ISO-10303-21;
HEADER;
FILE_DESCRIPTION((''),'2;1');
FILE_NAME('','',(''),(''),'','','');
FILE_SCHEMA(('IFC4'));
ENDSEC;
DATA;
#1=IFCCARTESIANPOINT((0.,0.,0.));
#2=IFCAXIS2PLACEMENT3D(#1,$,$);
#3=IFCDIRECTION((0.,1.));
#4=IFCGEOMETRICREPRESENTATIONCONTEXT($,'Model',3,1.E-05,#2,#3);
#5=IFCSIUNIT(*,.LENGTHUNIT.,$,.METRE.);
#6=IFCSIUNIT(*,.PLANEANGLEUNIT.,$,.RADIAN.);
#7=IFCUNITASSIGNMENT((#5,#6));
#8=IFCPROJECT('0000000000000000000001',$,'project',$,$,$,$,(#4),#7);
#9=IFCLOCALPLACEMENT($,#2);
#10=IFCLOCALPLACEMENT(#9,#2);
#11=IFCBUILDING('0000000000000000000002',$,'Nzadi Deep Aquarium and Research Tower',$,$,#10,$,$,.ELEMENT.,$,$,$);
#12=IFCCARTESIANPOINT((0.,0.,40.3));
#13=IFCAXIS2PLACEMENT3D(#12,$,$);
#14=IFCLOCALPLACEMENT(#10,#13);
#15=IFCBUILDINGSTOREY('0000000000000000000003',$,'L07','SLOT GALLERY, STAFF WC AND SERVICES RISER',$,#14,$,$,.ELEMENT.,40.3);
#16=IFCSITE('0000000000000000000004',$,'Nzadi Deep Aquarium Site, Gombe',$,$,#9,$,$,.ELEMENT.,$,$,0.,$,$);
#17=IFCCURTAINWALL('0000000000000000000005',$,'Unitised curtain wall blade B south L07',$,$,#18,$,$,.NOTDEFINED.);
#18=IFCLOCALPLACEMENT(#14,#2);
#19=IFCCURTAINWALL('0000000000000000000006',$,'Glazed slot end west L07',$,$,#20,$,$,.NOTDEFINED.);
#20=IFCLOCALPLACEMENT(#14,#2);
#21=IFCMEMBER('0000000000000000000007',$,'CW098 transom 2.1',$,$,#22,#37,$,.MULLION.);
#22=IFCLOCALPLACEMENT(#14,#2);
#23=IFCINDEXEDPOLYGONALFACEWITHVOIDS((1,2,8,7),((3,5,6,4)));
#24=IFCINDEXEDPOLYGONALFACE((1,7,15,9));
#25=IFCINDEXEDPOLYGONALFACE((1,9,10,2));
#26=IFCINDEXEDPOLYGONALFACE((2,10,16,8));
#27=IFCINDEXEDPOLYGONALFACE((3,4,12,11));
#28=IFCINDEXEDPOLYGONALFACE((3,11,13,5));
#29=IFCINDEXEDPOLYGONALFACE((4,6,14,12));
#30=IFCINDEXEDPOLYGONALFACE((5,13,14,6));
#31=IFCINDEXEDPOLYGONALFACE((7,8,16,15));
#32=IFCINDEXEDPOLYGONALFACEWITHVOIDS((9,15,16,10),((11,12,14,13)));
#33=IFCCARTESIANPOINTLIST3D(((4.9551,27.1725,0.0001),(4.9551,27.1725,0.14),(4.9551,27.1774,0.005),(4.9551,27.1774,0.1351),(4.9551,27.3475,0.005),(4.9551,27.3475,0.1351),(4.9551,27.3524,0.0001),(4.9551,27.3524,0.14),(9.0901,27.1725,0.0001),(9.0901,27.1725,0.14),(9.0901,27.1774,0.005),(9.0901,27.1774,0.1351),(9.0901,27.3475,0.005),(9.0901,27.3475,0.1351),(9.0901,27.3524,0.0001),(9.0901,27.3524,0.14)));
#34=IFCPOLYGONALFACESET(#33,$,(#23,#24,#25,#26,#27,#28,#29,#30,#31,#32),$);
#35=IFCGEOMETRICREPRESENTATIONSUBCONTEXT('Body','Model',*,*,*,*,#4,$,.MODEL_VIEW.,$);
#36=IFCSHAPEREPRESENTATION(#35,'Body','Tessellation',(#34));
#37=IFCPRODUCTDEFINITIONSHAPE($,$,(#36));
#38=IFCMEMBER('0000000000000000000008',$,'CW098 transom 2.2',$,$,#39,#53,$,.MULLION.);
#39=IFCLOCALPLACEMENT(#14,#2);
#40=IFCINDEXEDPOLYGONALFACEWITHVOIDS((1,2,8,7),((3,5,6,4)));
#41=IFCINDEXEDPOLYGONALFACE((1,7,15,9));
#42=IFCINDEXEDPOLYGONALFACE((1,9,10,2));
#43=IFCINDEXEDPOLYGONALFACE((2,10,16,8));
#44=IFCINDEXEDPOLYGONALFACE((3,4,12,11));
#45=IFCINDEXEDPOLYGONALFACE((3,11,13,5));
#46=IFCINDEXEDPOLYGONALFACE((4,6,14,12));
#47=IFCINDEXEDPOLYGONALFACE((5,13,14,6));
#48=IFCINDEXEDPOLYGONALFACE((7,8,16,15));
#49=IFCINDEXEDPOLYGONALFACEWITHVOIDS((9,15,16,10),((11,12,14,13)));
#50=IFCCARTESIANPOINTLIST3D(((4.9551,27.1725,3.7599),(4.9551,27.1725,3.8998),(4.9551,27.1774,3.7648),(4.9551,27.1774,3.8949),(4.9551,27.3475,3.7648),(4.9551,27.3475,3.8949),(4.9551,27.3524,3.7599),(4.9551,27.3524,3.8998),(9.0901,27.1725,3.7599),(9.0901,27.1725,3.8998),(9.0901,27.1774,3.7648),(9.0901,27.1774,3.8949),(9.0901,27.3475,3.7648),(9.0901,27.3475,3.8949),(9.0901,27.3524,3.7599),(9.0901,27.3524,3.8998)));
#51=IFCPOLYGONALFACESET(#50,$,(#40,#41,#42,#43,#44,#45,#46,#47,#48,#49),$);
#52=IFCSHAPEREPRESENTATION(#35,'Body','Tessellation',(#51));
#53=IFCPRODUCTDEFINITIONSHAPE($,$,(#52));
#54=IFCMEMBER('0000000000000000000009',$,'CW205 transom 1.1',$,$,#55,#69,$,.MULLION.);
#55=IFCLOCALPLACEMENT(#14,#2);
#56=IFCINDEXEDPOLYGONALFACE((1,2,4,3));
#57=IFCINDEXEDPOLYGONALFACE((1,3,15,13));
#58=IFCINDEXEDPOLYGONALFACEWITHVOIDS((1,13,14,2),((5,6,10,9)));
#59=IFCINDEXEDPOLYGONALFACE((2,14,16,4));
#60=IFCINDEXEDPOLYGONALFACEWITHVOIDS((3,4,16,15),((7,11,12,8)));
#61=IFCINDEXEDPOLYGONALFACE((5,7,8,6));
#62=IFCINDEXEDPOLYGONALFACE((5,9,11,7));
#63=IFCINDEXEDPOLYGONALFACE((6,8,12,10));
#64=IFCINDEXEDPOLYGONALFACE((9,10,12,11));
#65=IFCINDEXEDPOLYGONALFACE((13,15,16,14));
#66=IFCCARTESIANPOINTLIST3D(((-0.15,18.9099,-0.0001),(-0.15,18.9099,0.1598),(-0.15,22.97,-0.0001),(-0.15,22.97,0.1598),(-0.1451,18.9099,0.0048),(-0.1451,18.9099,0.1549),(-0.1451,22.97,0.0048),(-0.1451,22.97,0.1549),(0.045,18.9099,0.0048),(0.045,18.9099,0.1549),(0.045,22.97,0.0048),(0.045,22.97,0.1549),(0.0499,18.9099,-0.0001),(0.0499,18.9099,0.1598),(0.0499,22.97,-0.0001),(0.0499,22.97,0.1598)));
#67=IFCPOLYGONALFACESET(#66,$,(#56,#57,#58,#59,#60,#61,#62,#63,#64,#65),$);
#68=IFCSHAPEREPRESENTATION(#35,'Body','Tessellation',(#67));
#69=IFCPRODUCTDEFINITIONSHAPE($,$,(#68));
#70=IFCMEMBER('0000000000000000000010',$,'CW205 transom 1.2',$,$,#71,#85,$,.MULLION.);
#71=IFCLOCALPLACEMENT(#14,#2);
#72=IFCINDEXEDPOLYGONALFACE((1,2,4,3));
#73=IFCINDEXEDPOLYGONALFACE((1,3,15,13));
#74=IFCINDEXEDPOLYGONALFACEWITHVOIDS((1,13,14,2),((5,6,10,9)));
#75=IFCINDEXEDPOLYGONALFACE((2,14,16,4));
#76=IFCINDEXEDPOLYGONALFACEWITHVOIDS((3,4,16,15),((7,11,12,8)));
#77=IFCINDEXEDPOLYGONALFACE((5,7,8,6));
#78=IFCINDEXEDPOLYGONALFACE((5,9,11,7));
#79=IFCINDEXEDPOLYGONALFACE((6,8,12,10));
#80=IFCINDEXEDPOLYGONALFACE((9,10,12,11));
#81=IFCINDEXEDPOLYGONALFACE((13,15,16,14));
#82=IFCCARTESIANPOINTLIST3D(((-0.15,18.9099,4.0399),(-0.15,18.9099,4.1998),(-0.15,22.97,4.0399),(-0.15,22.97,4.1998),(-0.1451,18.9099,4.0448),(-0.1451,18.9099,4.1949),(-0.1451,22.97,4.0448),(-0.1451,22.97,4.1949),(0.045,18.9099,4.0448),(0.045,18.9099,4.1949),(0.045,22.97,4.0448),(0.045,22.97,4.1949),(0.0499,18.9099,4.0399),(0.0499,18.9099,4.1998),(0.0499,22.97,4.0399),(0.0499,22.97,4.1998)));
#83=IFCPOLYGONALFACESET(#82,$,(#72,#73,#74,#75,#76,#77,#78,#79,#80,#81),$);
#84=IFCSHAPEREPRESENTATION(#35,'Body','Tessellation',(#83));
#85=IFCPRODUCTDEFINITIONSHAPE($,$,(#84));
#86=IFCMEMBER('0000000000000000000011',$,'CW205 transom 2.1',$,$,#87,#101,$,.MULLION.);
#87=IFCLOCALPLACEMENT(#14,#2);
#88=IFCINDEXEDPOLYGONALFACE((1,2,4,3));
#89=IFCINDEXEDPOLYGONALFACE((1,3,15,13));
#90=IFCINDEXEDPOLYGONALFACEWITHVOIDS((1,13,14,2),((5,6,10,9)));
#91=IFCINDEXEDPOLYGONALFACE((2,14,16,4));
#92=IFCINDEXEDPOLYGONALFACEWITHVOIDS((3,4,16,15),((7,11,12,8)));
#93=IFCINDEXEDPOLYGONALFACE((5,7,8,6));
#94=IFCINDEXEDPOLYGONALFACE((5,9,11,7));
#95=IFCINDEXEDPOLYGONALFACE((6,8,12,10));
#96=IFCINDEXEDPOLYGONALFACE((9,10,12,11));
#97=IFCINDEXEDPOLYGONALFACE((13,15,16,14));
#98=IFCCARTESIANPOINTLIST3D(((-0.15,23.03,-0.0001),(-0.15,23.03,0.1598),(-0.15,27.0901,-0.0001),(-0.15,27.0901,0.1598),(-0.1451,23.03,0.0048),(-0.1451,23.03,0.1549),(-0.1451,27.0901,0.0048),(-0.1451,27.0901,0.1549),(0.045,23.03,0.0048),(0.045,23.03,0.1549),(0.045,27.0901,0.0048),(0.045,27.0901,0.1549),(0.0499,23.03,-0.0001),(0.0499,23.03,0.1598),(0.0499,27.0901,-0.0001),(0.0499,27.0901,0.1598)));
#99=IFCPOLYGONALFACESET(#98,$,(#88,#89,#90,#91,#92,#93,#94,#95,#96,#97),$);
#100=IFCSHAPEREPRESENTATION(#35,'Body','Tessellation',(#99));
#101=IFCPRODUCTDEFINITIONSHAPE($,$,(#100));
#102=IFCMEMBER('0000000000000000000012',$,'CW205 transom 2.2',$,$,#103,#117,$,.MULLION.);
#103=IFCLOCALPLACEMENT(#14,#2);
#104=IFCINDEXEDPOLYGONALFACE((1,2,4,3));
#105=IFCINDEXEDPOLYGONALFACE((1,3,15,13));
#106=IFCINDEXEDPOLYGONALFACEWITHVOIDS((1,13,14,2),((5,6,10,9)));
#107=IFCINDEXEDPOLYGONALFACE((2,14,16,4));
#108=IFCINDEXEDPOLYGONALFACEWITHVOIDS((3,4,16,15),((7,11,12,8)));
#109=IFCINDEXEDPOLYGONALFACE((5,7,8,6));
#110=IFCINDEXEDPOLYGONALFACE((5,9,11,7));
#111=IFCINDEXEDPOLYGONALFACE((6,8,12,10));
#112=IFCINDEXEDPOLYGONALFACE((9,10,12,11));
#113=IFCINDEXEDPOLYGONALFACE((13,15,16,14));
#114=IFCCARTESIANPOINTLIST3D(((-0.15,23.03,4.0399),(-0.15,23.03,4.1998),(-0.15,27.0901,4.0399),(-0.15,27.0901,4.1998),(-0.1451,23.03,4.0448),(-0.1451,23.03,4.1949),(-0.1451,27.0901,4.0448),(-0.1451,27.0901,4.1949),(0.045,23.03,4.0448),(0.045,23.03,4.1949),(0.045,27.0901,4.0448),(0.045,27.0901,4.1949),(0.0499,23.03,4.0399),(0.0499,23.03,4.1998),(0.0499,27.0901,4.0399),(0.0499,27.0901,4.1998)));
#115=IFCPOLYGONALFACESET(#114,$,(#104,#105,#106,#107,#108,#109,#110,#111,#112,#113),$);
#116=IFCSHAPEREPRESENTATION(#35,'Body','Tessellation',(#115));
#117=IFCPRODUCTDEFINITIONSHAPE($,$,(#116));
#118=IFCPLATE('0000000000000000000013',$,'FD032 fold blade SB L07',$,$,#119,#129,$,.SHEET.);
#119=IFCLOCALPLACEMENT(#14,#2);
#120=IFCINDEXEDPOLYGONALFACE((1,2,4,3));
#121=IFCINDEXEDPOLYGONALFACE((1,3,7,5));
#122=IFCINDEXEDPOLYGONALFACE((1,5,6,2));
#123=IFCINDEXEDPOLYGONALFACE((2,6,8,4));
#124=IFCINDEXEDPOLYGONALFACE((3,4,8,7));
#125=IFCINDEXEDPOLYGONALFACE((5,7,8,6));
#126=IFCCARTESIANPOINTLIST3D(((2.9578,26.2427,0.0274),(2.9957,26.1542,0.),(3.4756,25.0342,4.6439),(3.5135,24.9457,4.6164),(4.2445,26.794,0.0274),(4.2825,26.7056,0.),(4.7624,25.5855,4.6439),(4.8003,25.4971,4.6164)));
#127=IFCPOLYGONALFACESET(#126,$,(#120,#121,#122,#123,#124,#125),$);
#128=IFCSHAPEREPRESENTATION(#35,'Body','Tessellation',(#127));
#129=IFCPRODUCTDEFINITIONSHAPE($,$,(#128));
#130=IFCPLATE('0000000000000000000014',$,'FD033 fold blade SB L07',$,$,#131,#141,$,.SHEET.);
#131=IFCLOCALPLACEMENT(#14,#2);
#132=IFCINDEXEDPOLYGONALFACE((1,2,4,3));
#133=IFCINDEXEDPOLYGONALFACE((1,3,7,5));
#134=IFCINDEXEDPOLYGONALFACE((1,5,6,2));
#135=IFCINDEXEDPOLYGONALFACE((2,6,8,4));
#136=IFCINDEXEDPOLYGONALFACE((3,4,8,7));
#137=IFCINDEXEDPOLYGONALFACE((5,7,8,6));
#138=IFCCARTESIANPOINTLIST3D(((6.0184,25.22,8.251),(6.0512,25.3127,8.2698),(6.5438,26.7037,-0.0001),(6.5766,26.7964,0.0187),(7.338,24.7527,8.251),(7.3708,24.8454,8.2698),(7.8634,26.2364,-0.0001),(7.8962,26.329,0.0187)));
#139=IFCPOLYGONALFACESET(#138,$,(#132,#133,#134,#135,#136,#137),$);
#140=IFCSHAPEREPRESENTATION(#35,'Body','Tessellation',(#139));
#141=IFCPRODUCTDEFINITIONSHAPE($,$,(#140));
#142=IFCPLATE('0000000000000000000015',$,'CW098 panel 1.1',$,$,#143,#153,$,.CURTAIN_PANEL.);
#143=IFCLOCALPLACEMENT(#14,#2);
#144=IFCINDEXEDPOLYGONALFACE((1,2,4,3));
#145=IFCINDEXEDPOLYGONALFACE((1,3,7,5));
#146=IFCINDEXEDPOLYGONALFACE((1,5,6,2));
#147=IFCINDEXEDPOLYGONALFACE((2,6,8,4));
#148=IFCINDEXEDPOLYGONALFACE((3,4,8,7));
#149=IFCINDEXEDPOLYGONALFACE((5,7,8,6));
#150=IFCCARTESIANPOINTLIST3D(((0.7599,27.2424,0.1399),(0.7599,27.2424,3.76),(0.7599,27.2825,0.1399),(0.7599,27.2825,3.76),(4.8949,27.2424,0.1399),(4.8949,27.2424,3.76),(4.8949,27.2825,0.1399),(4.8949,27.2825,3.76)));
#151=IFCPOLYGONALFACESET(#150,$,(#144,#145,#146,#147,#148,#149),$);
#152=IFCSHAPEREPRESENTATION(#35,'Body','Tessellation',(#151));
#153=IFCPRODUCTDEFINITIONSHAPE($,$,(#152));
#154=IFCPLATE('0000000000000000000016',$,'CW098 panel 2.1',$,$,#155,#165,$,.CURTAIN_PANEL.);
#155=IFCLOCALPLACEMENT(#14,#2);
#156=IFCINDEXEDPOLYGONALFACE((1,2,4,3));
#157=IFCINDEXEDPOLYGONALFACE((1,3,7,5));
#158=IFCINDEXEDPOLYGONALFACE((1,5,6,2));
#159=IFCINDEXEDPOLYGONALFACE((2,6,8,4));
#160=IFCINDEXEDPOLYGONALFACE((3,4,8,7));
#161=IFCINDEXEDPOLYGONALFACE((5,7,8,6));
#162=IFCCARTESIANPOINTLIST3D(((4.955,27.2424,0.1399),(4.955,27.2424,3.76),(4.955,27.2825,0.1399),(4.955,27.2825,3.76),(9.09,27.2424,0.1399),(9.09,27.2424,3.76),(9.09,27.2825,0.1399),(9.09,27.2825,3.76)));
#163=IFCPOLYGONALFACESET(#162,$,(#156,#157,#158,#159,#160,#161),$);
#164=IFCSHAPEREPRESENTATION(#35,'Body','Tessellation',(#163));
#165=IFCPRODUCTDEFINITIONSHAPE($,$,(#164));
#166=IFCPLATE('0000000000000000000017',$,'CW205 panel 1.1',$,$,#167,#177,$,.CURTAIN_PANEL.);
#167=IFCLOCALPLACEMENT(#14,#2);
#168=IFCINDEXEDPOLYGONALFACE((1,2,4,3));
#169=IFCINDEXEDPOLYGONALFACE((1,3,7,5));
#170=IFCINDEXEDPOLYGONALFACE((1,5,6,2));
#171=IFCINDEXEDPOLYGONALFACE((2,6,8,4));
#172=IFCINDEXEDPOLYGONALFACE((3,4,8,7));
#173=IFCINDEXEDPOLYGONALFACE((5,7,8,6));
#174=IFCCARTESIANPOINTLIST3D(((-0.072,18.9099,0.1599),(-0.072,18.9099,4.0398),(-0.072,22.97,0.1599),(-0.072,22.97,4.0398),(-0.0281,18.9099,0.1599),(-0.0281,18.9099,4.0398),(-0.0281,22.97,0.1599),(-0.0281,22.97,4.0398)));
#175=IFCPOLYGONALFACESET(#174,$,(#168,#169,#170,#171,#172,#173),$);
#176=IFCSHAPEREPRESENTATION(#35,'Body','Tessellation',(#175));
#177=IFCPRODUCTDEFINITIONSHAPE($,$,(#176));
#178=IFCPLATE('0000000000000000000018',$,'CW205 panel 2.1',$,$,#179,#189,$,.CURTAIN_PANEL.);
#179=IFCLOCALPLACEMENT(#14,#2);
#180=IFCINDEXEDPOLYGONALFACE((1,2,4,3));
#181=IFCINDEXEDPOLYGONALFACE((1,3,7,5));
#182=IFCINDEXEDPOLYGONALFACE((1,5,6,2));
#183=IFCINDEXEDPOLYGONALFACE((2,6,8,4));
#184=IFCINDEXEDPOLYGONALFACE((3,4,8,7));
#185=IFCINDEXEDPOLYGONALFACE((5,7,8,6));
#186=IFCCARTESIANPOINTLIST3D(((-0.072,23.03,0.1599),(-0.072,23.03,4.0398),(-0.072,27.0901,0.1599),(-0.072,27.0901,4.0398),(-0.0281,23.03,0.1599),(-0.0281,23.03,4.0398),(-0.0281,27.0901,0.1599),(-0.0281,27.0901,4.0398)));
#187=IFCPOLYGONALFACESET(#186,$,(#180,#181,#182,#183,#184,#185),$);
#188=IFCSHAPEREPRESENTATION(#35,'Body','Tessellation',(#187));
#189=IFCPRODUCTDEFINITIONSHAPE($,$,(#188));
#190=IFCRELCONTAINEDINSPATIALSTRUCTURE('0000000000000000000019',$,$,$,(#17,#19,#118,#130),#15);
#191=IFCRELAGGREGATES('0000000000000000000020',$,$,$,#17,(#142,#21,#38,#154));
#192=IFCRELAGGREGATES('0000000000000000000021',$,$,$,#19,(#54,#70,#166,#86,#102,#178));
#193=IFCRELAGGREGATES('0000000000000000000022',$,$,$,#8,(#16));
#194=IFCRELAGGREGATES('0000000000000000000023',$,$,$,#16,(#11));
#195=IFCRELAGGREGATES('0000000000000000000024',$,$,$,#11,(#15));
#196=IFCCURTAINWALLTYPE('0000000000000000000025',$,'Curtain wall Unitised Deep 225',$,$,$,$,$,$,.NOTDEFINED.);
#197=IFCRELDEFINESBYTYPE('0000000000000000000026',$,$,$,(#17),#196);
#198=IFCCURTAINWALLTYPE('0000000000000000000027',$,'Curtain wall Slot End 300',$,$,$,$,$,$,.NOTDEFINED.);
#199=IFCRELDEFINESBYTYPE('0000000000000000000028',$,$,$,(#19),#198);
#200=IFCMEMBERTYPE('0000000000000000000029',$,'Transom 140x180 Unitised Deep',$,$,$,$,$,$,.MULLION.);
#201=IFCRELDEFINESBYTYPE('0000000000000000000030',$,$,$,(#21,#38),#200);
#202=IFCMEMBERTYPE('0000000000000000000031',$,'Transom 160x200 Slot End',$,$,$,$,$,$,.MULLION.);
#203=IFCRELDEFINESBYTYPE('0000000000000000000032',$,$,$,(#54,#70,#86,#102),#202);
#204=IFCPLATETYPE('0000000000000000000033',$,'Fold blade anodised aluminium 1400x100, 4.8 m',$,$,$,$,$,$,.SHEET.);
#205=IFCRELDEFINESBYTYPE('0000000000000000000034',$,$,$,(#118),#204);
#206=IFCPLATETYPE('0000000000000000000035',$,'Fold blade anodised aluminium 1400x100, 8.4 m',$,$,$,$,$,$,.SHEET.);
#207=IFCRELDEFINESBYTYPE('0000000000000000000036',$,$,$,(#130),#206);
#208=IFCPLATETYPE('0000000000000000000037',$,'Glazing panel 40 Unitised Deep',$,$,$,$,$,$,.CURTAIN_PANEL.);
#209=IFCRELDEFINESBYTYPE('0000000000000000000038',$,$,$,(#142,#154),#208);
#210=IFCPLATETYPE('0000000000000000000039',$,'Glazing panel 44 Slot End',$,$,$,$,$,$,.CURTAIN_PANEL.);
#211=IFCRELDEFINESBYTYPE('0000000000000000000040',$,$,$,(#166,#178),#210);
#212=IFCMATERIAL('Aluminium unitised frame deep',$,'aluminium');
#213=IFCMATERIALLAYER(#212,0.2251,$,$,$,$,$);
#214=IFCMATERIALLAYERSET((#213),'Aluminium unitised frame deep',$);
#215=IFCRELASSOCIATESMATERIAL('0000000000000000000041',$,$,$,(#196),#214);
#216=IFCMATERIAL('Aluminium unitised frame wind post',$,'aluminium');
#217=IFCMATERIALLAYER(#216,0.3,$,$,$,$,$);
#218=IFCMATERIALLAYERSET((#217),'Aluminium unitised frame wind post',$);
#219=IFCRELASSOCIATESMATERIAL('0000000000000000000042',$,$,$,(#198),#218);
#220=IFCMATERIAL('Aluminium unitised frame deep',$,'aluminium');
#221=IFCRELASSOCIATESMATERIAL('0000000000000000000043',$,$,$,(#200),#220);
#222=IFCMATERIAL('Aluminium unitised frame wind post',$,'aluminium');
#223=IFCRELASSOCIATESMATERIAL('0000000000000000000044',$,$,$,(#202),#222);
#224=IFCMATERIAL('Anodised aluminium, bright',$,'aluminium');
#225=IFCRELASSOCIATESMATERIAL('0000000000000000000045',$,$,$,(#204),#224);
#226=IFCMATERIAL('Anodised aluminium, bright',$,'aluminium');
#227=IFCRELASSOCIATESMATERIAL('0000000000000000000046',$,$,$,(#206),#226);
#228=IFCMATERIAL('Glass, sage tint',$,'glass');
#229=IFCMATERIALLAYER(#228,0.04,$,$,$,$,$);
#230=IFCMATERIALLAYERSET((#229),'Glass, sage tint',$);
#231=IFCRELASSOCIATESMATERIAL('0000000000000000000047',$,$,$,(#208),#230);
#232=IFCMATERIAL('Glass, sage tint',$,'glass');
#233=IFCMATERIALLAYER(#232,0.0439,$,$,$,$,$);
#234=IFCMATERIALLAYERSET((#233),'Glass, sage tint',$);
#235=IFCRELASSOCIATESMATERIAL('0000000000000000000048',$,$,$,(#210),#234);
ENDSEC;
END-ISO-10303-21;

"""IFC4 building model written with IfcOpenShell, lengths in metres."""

from ifc_helpers import new_model, si_unit, direction, frame, origin, origin_2d, place, context, subcontext, project, spatial, rectangle, hollow_rectangle, extrude, material, layer, layer_set, material_profile, profile_set, type_object, element, aggregate, save


model = new_model("IFC4")

# Units and contexts
model_context = context("Model", 3, precision=1e-05, world=origin(), true_north=direction((0.0, 1.0)))
body_context = subcontext(model_context, "Body", "Model", "MODEL_VIEW")
ifc_project = project(units=[si_unit("LENGTHUNIT", "METRE"), si_unit("PLANEANGLEUNIT", "RADIAN")], contexts=[model_context])

# Site, building, storey
site_placement = place(None, origin())
site = spatial("IfcSite", under=ifc_project, at=site_placement, Name="Nzadi Deep Aquarium Site, Gombe", CompositionType="ELEMENT", RefElevation=0.0)
building_placement = place(site_placement, origin())
building = spatial("IfcBuilding", under=site, at=building_placement, Name="Nzadi Deep Aquarium and Research Tower", CompositionType="ELEMENT")
storey_placement = place(building_placement, frame((0.0, 0.0, 40.3)))
storey = spatial("IfcBuildingStorey", under=building, at=storey_placement, Name="L07", Description="SLOT GALLERY, STAFF WC AND SERVICES RISER", CompositionType="ELEMENT", Elevation=40.3)

# Curtain walls
ifc_material_1 = material(Name="Aluminium unitised frame deep", Category="aluminium")
ifc_layer_1 = layer(ifc_material_1, 0.2251)
ifc_layer_set_1 = layer_set([ifc_layer_1], Name="Aluminium unitised frame deep")
curtain_wall_type_1 = type_object("IfcCurtainWallType", Name="Curtain wall Unitised Deep 225", PredefinedType="NOTDEFINED", material=ifc_layer_set_1)
curtain_wall_1_placement = place(storey_placement, origin())
curtain_wall_1 = element("IfcCurtainWall", 1, at=curtain_wall_1_placement, inside=storey, type_object=curtain_wall_type_1, Name="Unitised curtain wall blade B south L07", PredefinedType="NOTDEFINED")
ifc_material_2 = material(Name="Aluminium unitised frame wind post", Category="aluminium")
ifc_layer_2 = layer(ifc_material_2, 0.3)
ifc_layer_set_2 = layer_set([ifc_layer_2], Name="Aluminium unitised frame wind post")
curtain_wall_type_2 = type_object("IfcCurtainWallType", Name="Curtain wall Slot End 300", PredefinedType="NOTDEFINED", material=ifc_layer_set_2)
curtain_wall_2_placement = place(storey_placement, origin())
curtain_wall_2 = element("IfcCurtainWall", 2, at=curtain_wall_2_placement, inside=storey, type_object=curtain_wall_type_2, Name="Glazed slot end west L07", PredefinedType="NOTDEFINED")

# Members
ifc_material_3 = material(Name="Aluminium unitised frame deep", Category="aluminium")
ifc_material_profile_1 = material_profile(ifc_material_3, hollow_rectangle(XDim=0.1799, YDim=0.1399, WallThickness=0.0049, at=origin_2d()))
ifc_profile_set_1 = profile_set([ifc_material_profile_1], Name="Aluminium unitised frame deep")
member_type_1 = type_object("IfcMemberType", Name="Transom 140x180 Unitised Deep", PredefinedType="MULLION", material=ifc_profile_set_1)
member_1_placement = place(storey_placement, frame((4.9551, 27.2625, 0.0701), z_axis=(1.0, 0.0, 0.0), x_axis=(0.0, 1.0, 0.0)))
member_1 = element("IfcMember", 3, at=member_1_placement, type_object=member_type_1, Name="CW098 transom 2.1", PredefinedType="MULLION", context=body_context, shape_type="SweptSolid", body=[
    extrude(hollow_rectangle(XDim=0.1799, YDim=0.1399, WallThickness=0.0049, at=origin_2d()), origin(), (0.0, 0.0, 1.0), 4.135),
])
member_2_placement = place(storey_placement, frame((4.9551, 27.2625, 3.8298), z_axis=(1.0, 0.0, 0.0), x_axis=(0.0, 1.0, 0.0)))
member_2 = element("IfcMember", 4, at=member_2_placement, type_object=member_type_1, Name="CW098 transom 2.2", PredefinedType="MULLION", context=body_context, shape_type="SweptSolid", body=[
    extrude(hollow_rectangle(XDim=0.1799, YDim=0.1399, WallThickness=0.0049, at=origin_2d()), origin(), (0.0, 0.0, 1.0), 4.135),
])
ifc_material_4 = material(Name="Aluminium unitised frame wind post", Category="aluminium")
ifc_material_profile_2 = material_profile(ifc_material_4, hollow_rectangle(XDim=0.2, YDim=0.1599, WallThickness=0.0049, at=origin_2d()))
ifc_profile_set_2 = profile_set([ifc_material_profile_2], Name="Aluminium unitised frame wind post")
member_type_2 = type_object("IfcMemberType", Name="Transom 160x200 Slot End", PredefinedType="MULLION", material=ifc_profile_set_2)
member_3_placement = place(storey_placement, frame((-0.05, 18.9099, 0.0798), z_axis=(0.0, 1.0, 0.0), x_axis=(-1.0, 0.0, 0.0)))
member_3 = element("IfcMember", 5, at=member_3_placement, type_object=member_type_2, Name="CW205 transom 1.1", PredefinedType="MULLION", context=body_context, shape_type="SweptSolid", body=[
    extrude(hollow_rectangle(XDim=0.2, YDim=0.1599, WallThickness=0.0049, at=origin_2d()), origin(), (0.0, 0.0, 1.0), 4.0601),
])
member_4_placement = place(storey_placement, frame((-0.05, 18.9099, 4.1199), z_axis=(0.0, 1.0, 0.0), x_axis=(-1.0, 0.0, 0.0)))
member_4 = element("IfcMember", 6, at=member_4_placement, type_object=member_type_2, Name="CW205 transom 1.2", PredefinedType="MULLION", context=body_context, shape_type="SweptSolid", body=[
    extrude(hollow_rectangle(XDim=0.2, YDim=0.1599, WallThickness=0.0049, at=origin_2d()), origin(), (0.0, 0.0, 1.0), 4.0601),
])
member_5_placement = place(storey_placement, frame((-0.05, 23.03, 0.0798), z_axis=(0.0, 1.0, 0.0), x_axis=(-1.0, 0.0, 0.0)))
member_5 = element("IfcMember", 7, at=member_5_placement, type_object=member_type_2, Name="CW205 transom 2.1", PredefinedType="MULLION", context=body_context, shape_type="SweptSolid", body=[
    extrude(hollow_rectangle(XDim=0.2, YDim=0.1599, WallThickness=0.0049, at=origin_2d()), origin(), (0.0, 0.0, 1.0), 4.0601),
])
member_6_placement = place(storey_placement, frame((-0.05, 23.03, 4.1199), z_axis=(0.0, 1.0, 0.0), x_axis=(-1.0, 0.0, 0.0)))
member_6 = element("IfcMember", 8, at=member_6_placement, type_object=member_type_2, Name="CW205 transom 2.2", PredefinedType="MULLION", context=body_context, shape_type="SweptSolid", body=[
    extrude(hollow_rectangle(XDim=0.2, YDim=0.1599, WallThickness=0.0049, at=origin_2d()), origin(), (0.0, 0.0, 1.0), 4.0601),
])

# Plates
ifc_material_5 = material(Name="Anodised aluminium, bright", Category="aluminium")
ifc_material_profile_3 = material_profile(ifc_material_5, rectangle(XDim=1.3999, YDim=0.1001, at=origin_2d()))
ifc_profile_set_3 = profile_set([ifc_material_profile_3], Name="Anodised aluminium, bright")
plate_type_1 = type_object("IfcPlateType", Name="Fold blade anodised aluminium 1400x100, 4.8 m", PredefinedType="SHEET", material=ifc_profile_set_3)
plate_1_placement = place(storey_placement, frame((3.6201, 26.4741, 0.0137), z_axis=(0.107879, -0.251769, 0.961756), x_axis=(0.919174, 0.393852, 0.0)))
element("IfcPlate", 9, at=plate_1_placement, inside=storey, type_object=plate_type_1, Name="FD032 fold blade SB L07", PredefinedType="SHEET", context=body_context, shape_type="SweptSolid", body=[
    extrude(rectangle(XDim=1.3999, YDim=0.1001, at=origin_2d()), origin(), (0.0, 0.0, 1.0), 4.8),
])
ifc_material_6 = material(Name="Anodised aluminium, bright", Category="aluminium")
ifc_material_profile_4 = material_profile(ifc_material_6, rectangle(XDim=1.3999, YDim=0.1001, at=origin_2d()))
ifc_profile_set_4 = profile_set([ifc_material_profile_4], Name="Anodised aluminium, bright")
plate_type_2 = type_object("IfcPlateType", Name="Fold blade anodised aluminium 1400x100, 8.4 m", PredefinedType="SHEET", material=ifc_profile_set_4)
plate_2_placement = place(storey_placement, frame((7.22, 26.5164, 0.0093), z_axis=(-0.062547, -0.176624, 0.982289), x_axis=(0.94264, -0.33381, 0.0)))
element("IfcPlate", 10, at=plate_2_placement, inside=storey, type_object=plate_type_2, Name="FD033 fold blade SB L07", PredefinedType="SHEET", context=body_context, shape_type="SweptSolid", body=[
    extrude(rectangle(XDim=1.3999, YDim=0.1001, at=origin_2d()), origin(), (0.0, 0.0, 1.0), 8.3999),
])

# Plates
ifc_material_7 = material(Name="Glass, sage tint", Category="glass")
ifc_layer_3 = layer(ifc_material_7, 0.04)
ifc_layer_set_3 = layer_set([ifc_layer_3], Name="Glass, sage tint")
plate_type_3 = type_object("IfcPlateType", Name="Glazing panel 40 Unitised Deep", PredefinedType="CURTAIN_PANEL", material=ifc_layer_set_3)
plate_3_placement = place(storey_placement, frame((2.8274, 27.2625, 0.1399), z_axis=(0.0, 0.0, 1.0), x_axis=(1.0, 0.0, 0.0)))
plate_3 = element("IfcPlate", 11, at=plate_3_placement, type_object=plate_type_3, Name="CW098 panel 1.1", PredefinedType="CURTAIN_PANEL", context=body_context, shape_type="SweptSolid", body=[
    extrude(rectangle(XDim=4.135, YDim=0.04, at=origin_2d()), origin(), (0.0, 0.0, 1.0), 3.6201),
])
plate_4_placement = place(storey_placement, frame((7.0225, 27.2625, 0.1399), z_axis=(0.0, 0.0, 1.0), x_axis=(1.0, 0.0, 0.0)))
plate_4 = element("IfcPlate", 12, at=plate_4_placement, type_object=plate_type_3, Name="CW098 panel 2.1", PredefinedType="CURTAIN_PANEL", context=body_context, shape_type="SweptSolid", body=[
    extrude(rectangle(XDim=4.135, YDim=0.04, at=origin_2d()), origin(), (0.0, 0.0, 1.0), 3.6201),
])
aggregate(curtain_wall_1, [plate_3, member_1, member_2, plate_4])
ifc_material_8 = material(Name="Glass, sage tint", Category="glass")
ifc_layer_4 = layer(ifc_material_8, 0.0439)
ifc_layer_set_4 = layer_set([ifc_layer_4], Name="Glass, sage tint")
plate_type_4 = type_object("IfcPlateType", Name="Glazing panel 44 Slot End", PredefinedType="CURTAIN_PANEL", material=ifc_layer_set_4)
plate_5_placement = place(storey_placement, frame((-0.05, 20.9399, 0.1599), z_axis=(0.0, 0.0, 1.0), x_axis=(0.0, 1.0, 0.0)))
plate_5 = element("IfcPlate", 13, at=plate_5_placement, type_object=plate_type_4, Name="CW205 panel 1.1", PredefinedType="CURTAIN_PANEL", context=body_context, shape_type="SweptSolid", body=[
    extrude(rectangle(XDim=4.0601, YDim=0.0439, at=origin_2d()), origin(), (0.0, 0.0, 1.0), 3.8799),
])
plate_6_placement = place(storey_placement, frame((-0.05, 25.0601, 0.1599), z_axis=(0.0, 0.0, 1.0), x_axis=(0.0, 1.0, 0.0)))
plate_6 = element("IfcPlate", 14, at=plate_6_placement, type_object=plate_type_4, Name="CW205 panel 2.1", PredefinedType="CURTAIN_PANEL", context=body_context, shape_type="SweptSolid", body=[
    extrude(rectangle(XDim=4.0601, YDim=0.0439, at=origin_2d()), origin(), (0.0, 0.0, 1.0), 3.8799),
])
aggregate(curtain_wall_2, [member_3, member_4, plate_5, member_5, member_6, plate_6])

save(model, "model.ifc")
